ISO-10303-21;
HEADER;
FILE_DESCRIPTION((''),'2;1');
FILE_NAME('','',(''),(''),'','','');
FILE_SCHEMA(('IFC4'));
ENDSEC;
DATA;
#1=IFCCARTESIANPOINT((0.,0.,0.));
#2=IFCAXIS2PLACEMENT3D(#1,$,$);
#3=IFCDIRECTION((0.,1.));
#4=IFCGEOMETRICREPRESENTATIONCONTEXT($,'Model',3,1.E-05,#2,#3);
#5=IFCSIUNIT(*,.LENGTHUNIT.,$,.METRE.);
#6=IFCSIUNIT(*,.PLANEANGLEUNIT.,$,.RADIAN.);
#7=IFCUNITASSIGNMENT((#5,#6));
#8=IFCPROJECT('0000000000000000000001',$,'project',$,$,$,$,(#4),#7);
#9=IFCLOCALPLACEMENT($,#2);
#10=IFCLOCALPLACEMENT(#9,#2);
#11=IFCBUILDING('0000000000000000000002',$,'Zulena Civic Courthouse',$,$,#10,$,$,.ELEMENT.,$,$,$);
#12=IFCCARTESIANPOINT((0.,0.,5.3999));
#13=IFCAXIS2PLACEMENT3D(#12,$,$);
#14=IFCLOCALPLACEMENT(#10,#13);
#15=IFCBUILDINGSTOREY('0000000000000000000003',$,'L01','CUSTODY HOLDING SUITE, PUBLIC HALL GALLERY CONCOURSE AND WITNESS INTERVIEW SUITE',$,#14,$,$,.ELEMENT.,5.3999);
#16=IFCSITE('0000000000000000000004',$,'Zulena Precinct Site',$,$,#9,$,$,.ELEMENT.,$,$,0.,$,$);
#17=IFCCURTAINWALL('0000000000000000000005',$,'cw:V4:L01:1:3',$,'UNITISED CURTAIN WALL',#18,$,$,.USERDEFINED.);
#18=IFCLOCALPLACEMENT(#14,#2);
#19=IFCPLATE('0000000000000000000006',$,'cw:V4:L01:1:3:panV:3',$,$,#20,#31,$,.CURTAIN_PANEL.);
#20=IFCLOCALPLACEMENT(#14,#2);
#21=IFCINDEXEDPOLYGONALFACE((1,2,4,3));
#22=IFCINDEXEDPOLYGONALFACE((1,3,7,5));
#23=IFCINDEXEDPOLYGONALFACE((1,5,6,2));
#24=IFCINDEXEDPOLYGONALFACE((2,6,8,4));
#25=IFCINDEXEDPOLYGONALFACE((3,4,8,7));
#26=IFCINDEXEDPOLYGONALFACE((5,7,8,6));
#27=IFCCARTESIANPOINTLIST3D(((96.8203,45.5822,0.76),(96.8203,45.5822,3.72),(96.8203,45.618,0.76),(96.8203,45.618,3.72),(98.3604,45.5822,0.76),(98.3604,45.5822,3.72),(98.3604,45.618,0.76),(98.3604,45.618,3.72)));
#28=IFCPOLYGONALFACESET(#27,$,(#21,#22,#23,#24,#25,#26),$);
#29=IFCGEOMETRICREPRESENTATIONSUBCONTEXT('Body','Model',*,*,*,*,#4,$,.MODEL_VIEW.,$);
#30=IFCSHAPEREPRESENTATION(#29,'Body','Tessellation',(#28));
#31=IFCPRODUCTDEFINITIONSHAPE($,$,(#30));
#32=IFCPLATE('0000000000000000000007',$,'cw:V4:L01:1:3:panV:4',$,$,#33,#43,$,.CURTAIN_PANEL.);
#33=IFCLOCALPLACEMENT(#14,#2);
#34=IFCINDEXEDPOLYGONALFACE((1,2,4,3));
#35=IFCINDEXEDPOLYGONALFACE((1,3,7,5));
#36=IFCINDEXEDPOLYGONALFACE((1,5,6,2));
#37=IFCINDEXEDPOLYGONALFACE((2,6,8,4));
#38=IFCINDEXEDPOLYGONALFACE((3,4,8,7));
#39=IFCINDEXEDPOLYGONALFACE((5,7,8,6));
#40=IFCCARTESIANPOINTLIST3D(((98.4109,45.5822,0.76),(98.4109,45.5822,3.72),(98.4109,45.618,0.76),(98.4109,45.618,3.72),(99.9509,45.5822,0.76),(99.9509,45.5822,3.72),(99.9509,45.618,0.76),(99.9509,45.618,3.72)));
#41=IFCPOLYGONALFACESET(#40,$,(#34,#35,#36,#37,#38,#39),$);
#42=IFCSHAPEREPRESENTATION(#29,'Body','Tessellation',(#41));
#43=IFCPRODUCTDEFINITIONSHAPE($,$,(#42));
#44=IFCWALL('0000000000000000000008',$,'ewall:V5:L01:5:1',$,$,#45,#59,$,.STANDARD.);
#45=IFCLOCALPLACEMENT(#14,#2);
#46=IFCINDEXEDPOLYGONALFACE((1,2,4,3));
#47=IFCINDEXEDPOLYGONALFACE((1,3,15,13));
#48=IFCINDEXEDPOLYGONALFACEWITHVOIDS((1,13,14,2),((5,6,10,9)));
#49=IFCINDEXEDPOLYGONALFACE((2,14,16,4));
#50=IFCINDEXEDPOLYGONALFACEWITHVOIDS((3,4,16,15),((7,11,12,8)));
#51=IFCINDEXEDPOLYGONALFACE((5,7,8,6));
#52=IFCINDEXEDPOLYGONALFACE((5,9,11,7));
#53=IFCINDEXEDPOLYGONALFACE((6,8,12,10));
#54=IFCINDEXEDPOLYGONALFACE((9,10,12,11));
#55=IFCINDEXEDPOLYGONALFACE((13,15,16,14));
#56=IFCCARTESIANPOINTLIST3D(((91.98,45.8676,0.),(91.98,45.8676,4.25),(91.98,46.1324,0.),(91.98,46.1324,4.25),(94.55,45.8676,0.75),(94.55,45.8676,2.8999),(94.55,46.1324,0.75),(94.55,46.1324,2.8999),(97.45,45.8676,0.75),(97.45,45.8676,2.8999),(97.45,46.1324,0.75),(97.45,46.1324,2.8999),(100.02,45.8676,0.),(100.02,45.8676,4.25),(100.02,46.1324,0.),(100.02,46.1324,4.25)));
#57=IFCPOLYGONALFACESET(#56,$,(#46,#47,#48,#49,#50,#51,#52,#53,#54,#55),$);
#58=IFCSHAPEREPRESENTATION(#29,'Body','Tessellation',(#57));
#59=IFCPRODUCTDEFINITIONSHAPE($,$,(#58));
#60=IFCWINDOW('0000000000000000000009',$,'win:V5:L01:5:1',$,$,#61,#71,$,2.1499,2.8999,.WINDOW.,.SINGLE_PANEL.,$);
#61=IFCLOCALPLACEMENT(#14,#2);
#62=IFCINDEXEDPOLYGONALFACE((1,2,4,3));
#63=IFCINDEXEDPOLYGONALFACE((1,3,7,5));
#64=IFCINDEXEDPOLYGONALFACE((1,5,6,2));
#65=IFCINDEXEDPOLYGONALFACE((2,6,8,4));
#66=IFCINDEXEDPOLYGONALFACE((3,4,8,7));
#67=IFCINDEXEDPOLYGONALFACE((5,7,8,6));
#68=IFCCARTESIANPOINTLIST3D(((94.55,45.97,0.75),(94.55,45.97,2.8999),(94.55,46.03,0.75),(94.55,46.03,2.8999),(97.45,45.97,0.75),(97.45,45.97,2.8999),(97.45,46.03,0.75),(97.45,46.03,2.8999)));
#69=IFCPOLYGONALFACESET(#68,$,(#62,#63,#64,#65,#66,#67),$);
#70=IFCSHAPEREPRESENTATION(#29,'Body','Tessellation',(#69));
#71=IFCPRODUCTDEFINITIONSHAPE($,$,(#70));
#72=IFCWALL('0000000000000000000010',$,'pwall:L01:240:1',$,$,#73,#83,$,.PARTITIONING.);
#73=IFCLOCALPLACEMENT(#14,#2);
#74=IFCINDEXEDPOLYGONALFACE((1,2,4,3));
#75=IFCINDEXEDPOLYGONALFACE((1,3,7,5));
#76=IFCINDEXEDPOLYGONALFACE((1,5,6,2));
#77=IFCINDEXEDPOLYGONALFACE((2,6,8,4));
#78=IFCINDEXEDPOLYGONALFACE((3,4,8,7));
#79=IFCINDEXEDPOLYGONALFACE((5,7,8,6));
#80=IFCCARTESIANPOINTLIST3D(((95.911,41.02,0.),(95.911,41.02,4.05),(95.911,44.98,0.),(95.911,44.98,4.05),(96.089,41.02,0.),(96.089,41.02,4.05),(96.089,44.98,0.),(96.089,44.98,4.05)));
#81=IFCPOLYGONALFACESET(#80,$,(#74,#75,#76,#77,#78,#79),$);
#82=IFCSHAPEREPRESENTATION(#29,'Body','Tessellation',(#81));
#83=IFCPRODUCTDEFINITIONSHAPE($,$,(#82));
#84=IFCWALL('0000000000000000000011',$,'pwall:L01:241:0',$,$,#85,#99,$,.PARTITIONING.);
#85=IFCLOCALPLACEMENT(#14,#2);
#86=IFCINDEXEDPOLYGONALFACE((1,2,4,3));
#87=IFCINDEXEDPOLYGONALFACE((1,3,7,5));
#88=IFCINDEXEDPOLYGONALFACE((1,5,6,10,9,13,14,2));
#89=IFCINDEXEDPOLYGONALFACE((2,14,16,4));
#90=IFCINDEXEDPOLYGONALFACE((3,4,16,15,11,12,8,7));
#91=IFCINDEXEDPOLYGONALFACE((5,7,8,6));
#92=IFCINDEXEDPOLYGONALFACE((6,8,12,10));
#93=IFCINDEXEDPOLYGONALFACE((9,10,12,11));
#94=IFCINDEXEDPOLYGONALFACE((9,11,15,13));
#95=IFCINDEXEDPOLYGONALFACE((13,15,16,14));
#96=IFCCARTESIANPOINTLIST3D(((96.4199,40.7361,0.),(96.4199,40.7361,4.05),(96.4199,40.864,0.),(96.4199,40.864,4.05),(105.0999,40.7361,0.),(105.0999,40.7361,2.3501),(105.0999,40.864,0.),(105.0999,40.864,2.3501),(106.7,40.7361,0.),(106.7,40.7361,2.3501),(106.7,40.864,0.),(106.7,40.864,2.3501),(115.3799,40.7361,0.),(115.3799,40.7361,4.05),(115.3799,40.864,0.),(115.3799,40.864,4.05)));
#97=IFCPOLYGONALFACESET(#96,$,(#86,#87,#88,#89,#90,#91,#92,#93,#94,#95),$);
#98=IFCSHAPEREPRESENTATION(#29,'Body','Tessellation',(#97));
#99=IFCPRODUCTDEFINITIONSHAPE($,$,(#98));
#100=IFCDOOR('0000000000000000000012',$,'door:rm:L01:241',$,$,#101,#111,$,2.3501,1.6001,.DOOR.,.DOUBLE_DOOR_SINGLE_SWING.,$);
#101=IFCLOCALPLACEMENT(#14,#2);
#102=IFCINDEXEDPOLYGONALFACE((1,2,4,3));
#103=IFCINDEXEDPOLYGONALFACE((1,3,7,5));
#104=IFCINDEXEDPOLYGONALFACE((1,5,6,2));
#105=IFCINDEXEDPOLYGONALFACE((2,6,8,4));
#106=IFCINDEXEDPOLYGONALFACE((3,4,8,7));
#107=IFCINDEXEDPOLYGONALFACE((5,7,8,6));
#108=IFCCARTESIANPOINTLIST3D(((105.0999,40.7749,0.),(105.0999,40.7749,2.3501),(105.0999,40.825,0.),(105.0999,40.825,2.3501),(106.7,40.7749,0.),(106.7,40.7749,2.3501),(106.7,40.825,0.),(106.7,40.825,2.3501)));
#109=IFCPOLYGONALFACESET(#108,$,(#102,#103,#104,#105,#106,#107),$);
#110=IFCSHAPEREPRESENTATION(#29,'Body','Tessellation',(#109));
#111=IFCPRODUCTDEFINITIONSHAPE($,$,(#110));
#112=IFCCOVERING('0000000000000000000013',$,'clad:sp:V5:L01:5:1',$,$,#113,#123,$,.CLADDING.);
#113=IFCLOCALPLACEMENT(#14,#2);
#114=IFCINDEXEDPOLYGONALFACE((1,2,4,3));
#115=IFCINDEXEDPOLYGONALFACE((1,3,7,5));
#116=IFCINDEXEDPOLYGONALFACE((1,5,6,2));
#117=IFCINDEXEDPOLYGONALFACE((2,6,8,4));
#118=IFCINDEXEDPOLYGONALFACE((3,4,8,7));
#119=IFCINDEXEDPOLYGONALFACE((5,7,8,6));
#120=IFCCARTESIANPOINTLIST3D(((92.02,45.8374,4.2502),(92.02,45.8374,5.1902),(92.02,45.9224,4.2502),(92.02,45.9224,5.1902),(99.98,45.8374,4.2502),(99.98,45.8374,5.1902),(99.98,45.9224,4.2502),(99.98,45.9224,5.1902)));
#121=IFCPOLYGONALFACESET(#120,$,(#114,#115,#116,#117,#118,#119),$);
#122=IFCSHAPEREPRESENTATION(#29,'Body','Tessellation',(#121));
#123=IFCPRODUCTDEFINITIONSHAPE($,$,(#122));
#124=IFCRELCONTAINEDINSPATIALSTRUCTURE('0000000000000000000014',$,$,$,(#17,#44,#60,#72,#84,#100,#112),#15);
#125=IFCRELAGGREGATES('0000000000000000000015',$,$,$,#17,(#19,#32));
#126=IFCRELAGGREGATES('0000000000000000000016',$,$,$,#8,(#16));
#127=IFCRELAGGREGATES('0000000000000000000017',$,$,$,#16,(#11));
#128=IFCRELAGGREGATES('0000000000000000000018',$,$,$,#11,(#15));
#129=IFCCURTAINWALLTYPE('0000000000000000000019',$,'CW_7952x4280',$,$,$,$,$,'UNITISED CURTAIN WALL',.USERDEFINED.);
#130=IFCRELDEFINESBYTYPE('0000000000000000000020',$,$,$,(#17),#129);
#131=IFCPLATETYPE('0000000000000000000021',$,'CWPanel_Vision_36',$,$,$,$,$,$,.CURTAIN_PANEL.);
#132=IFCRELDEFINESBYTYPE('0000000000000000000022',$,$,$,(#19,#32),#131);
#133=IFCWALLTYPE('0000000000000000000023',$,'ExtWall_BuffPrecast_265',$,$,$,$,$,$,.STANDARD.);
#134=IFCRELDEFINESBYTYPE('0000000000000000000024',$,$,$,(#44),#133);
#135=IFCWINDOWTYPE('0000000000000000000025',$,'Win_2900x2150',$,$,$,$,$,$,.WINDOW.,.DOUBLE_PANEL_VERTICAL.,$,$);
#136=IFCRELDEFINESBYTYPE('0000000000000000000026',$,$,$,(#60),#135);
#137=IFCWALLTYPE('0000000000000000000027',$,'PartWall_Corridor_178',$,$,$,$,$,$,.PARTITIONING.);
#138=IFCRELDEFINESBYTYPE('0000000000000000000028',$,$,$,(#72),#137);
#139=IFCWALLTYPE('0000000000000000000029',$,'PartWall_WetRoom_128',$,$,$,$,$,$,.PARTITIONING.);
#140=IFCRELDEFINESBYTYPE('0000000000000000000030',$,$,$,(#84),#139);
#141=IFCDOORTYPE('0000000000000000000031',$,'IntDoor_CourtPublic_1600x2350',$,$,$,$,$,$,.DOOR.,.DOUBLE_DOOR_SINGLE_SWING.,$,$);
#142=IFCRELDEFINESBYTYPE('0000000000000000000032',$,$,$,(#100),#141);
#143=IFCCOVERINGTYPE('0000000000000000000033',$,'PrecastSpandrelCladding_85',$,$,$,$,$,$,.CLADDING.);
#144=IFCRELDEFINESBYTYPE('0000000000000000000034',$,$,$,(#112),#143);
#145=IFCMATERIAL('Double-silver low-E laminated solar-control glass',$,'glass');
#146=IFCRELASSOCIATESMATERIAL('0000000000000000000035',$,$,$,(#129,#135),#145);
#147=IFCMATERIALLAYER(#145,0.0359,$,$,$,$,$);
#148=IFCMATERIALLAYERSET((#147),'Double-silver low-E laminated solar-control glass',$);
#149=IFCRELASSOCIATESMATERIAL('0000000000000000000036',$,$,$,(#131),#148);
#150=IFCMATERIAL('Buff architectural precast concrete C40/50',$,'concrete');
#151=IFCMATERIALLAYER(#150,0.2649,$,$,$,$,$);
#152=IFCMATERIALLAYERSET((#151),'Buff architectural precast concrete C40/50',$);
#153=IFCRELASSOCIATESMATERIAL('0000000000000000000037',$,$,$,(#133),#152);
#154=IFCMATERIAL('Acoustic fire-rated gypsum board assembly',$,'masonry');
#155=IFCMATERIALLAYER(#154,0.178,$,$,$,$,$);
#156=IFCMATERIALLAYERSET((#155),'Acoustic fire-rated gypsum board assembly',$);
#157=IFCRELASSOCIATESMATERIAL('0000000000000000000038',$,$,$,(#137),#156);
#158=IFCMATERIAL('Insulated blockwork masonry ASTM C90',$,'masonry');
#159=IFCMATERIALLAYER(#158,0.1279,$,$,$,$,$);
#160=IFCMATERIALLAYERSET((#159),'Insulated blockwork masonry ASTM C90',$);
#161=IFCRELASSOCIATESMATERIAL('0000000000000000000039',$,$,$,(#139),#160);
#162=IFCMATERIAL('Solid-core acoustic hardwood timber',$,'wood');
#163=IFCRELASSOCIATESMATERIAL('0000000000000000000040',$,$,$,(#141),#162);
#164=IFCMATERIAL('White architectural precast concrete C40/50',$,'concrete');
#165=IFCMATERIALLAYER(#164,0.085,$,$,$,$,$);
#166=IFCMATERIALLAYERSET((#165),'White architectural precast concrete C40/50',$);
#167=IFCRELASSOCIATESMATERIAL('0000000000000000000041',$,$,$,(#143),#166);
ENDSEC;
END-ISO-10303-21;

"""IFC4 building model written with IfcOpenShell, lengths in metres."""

from ifc_helpers import new_model, si_unit, direction, frame, frame_2d, origin, origin_2d, place, context, subcontext, project, spatial, rectangle, extrude, material, layer, layer_set, type_object, element, fill, aggregate, save


model = new_model("IFC4")

# Units and contexts
model_context = context("Model", 3, precision=1e-05, world=origin(), true_north=direction((0.0, 1.0)))
body_context = subcontext(model_context, "Body", "Model", "MODEL_VIEW")
ifc_project = project(units=[si_unit("LENGTHUNIT", "METRE"), si_unit("PLANEANGLEUNIT", "RADIAN")], contexts=[model_context])

# Site, building, storey
site_placement = place(None, origin())
site = spatial("IfcSite", under=ifc_project, at=site_placement, Name="Zulena Precinct Site", CompositionType="ELEMENT", RefElevation=0.0)
building_placement = place(site_placement, origin())
building = spatial("IfcBuilding", under=site, at=building_placement, Name="Zulena Civic Courthouse", CompositionType="ELEMENT")
storey_placement = place(building_placement, frame((0.0, 0.0, 5.3999)))
storey = spatial("IfcBuildingStorey", under=building, at=storey_placement, Name="L01", Description="CUSTODY HOLDING SUITE, PUBLIC HALL GALLERY CONCOURSE AND WITNESS INTERVIEW SUITE", CompositionType="ELEMENT", Elevation=5.3999)

# Curtain wall
ifc_material_1 = material(Name="Double-silver low-E laminated solar-control glass", Category="glass")
curtain_wall_type = type_object("IfcCurtainWallType", Name="CW_7952x4280", ElementType="UNITISED CURTAIN WALL", PredefinedType="USERDEFINED", material=ifc_material_1)
curtain_wall_1_placement = place(storey_placement, origin())
curtain_wall_1 = element("IfcCurtainWall", 1, at=curtain_wall_1_placement, inside=storey, type_object=curtain_wall_type, Name="cw:V4:L01:1:3", ObjectType="UNITISED CURTAIN WALL", PredefinedType="USERDEFINED")

# Plates
ifc_layer_1 = layer(ifc_material_1, 0.0359)
ifc_layer_set_1 = layer_set([ifc_layer_1], Name="Double-silver low-E laminated solar-control glass")
plate_type_1 = type_object("IfcPlateType", Name="CWPanel_Vision_36", PredefinedType="CURTAIN_PANEL", material=ifc_layer_set_1)
plate_1_placement = place(storey_placement, frame((97.5903, 45.6001, 0.76), z_axis=(0.0, 0.0, 1.0), x_axis=(1.0, 0.0, 0.0)))
plate_1 = element("IfcPlate", 2, at=plate_1_placement, type_object=plate_type_1, Name="cw:V4:L01:1:3:panV:3", PredefinedType="CURTAIN_PANEL", context=body_context, shape_type="SweptSolid", body=[
    extrude(rectangle(XDim=1.54, YDim=0.0359, at=origin_2d()), origin(), (0.0, 0.0, 1.0), 2.96),
])
plate_2_placement = place(storey_placement, frame((99.1809, 45.6001, 0.76), z_axis=(0.0, 0.0, 1.0), x_axis=(1.0, 0.0, 0.0)))
plate_2 = element("IfcPlate", 3, at=plate_2_placement, type_object=plate_type_1, Name="cw:V4:L01:1:3:panV:4", PredefinedType="CURTAIN_PANEL", context=body_context, shape_type="SweptSolid", body=[
    extrude(rectangle(XDim=1.54, YDim=0.0359, at=origin_2d()), origin(), (0.0, 0.0, 1.0), 2.96),
])
aggregate(curtain_wall_1, [plate_1, plate_2])

# Wall, opening, window
ifc_material_2 = material(Name="Buff architectural precast concrete C40/50", Category="concrete")
ifc_layer_2 = layer(ifc_material_2, 0.2649)
ifc_layer_set_2 = layer_set([ifc_layer_2], Name="Buff architectural precast concrete C40/50")
wall_type_1 = type_object("IfcWallType", Name="ExtWall_BuffPrecast_265", PredefinedType="STANDARD", material=ifc_layer_set_2)
wall_1_placement = place(storey_placement, frame((100.02, 46.0, 0.0), z_axis=(0.0, 0.0, 1.0), x_axis=(-1.0, 0.0, 0.0)))
wall_1 = element("IfcWall", 4, at=wall_1_placement, inside=storey, type_object=wall_type_1, Name="ewall:V5:L01:5:1", PredefinedType="STANDARD", context=body_context, shape_type="SweptSolid", body=[
    extrude(rectangle(XDim=8.04, YDim=0.2649, at=frame_2d((4.02, 0.0))), origin(), (0.0, 0.0, 1.0), 4.25),
])
opening_1_placement = place(wall_1_placement, frame((2.5701, 0.0, 0.75)))
opening_1 = element("IfcOpeningElement", 5, at=opening_1_placement, cuts=wall_1, PredefinedType="OPENING", context=body_context, shape_type="SweptSolid", body=[
    extrude(rectangle(XDim=2.8999, YDim=2.1499, at=frame_2d((1.45, 1.075))), frame((0.0, 0.1423, 0.0), z_axis=(0.0, -1.0, 0.0), x_axis=(1.0, 0.0, 0.0)), (0.0, 0.0, 1.0), 0.2849),
])
window_type = type_object("IfcWindowType", Name="Win_2900x2150", PartitioningType="DOUBLE_PANEL_VERTICAL", PredefinedType="WINDOW", material=ifc_material_1)
window_placement = place(opening_1_placement, origin())
window = element("IfcWindow", 6, at=window_placement, inside=storey, type_object=window_type, Name="win:V5:L01:5:1", OverallHeight=2.1499, OverallWidth=2.8999, PartitioningType="SINGLE_PANEL", PredefinedType="WINDOW", context=body_context, shape_type="SweptSolid", body=[
    extrude(rectangle(XDim=2.8999, YDim=2.1499, at=frame_2d((1.45, 1.075))), frame((0.0, 0.03, 0.0), z_axis=(0.0, -1.0, 0.0), x_axis=(1.0, 0.0, 0.0)), (0.0, 0.0, 1.0), 0.0601),
])
fill(opening_1, window)

# Wall
ifc_material_3 = material(Name="Acoustic fire-rated gypsum board assembly", Category="masonry")
ifc_layer_3 = layer(ifc_material_3, 0.178)
ifc_layer_set_3 = layer_set([ifc_layer_3], Name="Acoustic fire-rated gypsum board assembly")
wall_type_2 = type_object("IfcWallType", Name="PartWall_Corridor_178", PredefinedType="PARTITIONING", material=ifc_layer_set_3)
wall_2_placement = place(storey_placement, frame((96.0, 41.02, 0.0), z_axis=(0.0, 0.0, 1.0), x_axis=(0.0, 1.0, 0.0)))
element("IfcWall", 7, at=wall_2_placement, inside=storey, type_object=wall_type_2, Name="pwall:L01:240:1", PredefinedType="PARTITIONING", context=body_context, shape_type="SweptSolid", body=[
    extrude(rectangle(XDim=3.96, YDim=0.178, at=frame_2d((1.98, 0.0))), origin(), (0.0, 0.0, 1.0), 4.05),
])

# Wall, opening, door
ifc_material_4 = material(Name="Insulated blockwork masonry ASTM C90", Category="masonry")
ifc_layer_4 = layer(ifc_material_4, 0.1279)
ifc_layer_set_4 = layer_set([ifc_layer_4], Name="Insulated blockwork masonry ASTM C90")
wall_type_3 = type_object("IfcWallType", Name="PartWall_WetRoom_128", PredefinedType="PARTITIONING", material=ifc_layer_set_4)
wall_3_placement = place(storey_placement, frame((96.4199, 40.8, 0.0), z_axis=(0.0, 0.0, 1.0), x_axis=(1.0, 0.0, 0.0)))
wall_3 = element("IfcWall", 8, at=wall_3_placement, inside=storey, type_object=wall_type_3, Name="pwall:L01:241:0", PredefinedType="PARTITIONING", context=body_context, shape_type="SweptSolid", body=[
    extrude(rectangle(XDim=18.96, YDim=0.1279, at=frame_2d((9.48, 0.0))), origin(), (0.0, 0.0, 1.0), 4.05),
])
opening_2_placement = place(wall_3_placement, frame((8.6799, 0.0, 0.0)))
opening_2 = element("IfcOpeningElement", 9, at=opening_2_placement, cuts=wall_3, PredefinedType="OPENING", context=body_context, shape_type="SweptSolid", body=[
    extrude(rectangle(XDim=1.6001, YDim=2.3501, at=frame_2d((0.8, 1.175))), frame((0.0, 0.074, 0.0), z_axis=(0.0, -1.0, 0.0), x_axis=(1.0, 0.0, 0.0)), (0.0, 0.0, 1.0), 0.1479),
])
ifc_material_5 = material(Name="Solid-core acoustic hardwood timber", Category="wood")
door_type = type_object("IfcDoorType", Name="IntDoor_CourtPublic_1600x2350", OperationType="DOUBLE_DOOR_SINGLE_SWING", PredefinedType="DOOR", material=ifc_material_5)
door_placement = place(opening_2_placement, origin())
door = element("IfcDoor", 10, at=door_placement, inside=storey, type_object=door_type, Name="door:rm:L01:241", OperationType="DOUBLE_DOOR_SINGLE_SWING", OverallHeight=2.3501, OverallWidth=1.6001, PredefinedType="DOOR", context=body_context, shape_type="SweptSolid", body=[
    extrude(rectangle(XDim=1.6001, YDim=2.3501, at=frame_2d((0.8, 1.175))), frame((0.0, 0.0249, 0.0), z_axis=(0.0, -1.0, 0.0), x_axis=(1.0, 0.0, 0.0)), (0.0, 0.0, 1.0), 0.05),
])
fill(opening_2, door)

# Covering
ifc_material_6 = material(Name="White architectural precast concrete C40/50", Category="concrete")
ifc_layer_5 = layer(ifc_material_6, 0.085)
ifc_layer_set_5 = layer_set([ifc_layer_5], Name="White architectural precast concrete C40/50")
covering_type = type_object("IfcCoveringType", Name="PrecastSpandrelCladding_85", PredefinedType="CLADDING", material=ifc_layer_set_5)
covering_placement = place(storey_placement, frame((96.0, 45.8799, 4.2502), z_axis=(0.0, 0.0, 1.0), x_axis=(-1.0, 0.0, 0.0)))
element("IfcCovering", 11, at=covering_placement, inside=storey, type_object=covering_type, Name="clad:sp:V5:L01:5:1", PredefinedType="CLADDING", context=body_context, shape_type="SweptSolid", body=[
    extrude(rectangle(XDim=7.96, YDim=0.085, at=origin_2d()), origin(), (0.0, 0.0, 1.0), 0.9399),
])

save(model, "model.ifc")
